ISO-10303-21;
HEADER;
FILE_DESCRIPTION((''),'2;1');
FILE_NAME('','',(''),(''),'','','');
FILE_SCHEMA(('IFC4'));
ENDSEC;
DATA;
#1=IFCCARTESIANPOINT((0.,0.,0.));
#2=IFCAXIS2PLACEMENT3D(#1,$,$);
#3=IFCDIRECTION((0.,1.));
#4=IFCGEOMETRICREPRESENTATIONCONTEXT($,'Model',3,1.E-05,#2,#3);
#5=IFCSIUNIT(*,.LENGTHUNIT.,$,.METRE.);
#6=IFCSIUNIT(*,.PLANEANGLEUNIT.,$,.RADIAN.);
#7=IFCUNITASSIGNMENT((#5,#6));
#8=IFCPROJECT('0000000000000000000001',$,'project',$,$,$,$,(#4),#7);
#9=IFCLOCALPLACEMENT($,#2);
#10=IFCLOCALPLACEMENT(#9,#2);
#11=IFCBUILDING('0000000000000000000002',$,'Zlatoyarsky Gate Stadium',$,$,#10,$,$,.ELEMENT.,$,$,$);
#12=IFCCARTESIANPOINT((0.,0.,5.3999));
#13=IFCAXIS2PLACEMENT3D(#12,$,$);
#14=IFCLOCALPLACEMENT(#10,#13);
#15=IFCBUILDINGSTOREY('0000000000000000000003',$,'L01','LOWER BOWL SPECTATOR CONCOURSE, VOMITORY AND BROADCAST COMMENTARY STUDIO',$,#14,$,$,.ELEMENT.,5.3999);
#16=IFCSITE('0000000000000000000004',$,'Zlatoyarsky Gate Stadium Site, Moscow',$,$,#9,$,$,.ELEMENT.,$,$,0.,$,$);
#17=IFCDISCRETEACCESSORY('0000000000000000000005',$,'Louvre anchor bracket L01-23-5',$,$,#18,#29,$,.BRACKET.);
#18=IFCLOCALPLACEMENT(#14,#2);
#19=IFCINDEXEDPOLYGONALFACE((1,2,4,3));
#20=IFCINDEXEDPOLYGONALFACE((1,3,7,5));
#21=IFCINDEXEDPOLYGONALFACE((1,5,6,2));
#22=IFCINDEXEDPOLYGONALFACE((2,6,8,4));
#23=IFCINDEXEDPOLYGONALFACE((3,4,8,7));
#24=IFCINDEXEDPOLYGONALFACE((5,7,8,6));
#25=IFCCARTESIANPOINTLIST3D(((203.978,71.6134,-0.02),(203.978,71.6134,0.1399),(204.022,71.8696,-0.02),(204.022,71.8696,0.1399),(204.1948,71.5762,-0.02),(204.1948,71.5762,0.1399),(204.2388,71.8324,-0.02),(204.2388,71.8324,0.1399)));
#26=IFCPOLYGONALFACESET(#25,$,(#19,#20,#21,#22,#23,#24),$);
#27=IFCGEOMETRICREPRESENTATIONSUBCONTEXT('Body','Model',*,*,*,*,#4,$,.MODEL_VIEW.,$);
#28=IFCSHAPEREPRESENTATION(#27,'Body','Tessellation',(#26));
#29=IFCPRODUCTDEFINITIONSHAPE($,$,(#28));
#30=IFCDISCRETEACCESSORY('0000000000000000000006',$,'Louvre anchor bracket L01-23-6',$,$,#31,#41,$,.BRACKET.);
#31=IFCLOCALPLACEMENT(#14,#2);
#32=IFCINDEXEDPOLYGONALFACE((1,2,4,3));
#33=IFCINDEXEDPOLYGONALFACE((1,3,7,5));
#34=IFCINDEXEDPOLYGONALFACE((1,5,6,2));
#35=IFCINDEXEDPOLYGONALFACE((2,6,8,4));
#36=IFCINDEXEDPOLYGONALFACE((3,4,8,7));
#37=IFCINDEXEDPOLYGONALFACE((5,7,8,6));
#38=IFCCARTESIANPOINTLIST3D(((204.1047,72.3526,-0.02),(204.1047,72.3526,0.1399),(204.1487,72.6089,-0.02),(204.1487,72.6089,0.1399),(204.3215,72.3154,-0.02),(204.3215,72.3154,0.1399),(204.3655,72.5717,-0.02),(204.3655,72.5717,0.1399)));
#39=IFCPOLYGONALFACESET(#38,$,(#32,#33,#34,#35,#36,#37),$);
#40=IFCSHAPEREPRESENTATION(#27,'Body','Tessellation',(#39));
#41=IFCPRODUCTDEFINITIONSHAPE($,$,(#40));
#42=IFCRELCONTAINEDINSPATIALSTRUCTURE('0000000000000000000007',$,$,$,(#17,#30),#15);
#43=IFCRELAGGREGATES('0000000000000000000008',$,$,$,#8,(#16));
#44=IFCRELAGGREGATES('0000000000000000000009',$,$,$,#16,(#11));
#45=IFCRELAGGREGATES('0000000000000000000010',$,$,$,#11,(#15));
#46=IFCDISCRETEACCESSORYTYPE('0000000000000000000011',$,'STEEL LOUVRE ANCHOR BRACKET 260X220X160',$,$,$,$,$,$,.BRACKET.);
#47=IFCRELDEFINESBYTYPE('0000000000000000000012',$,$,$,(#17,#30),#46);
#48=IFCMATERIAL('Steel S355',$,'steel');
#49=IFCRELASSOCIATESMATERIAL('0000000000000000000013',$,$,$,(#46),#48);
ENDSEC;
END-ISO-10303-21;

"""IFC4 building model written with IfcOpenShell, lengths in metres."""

from ifc_helpers import new_model, si_unit, direction, frame, origin, origin_2d, place, context, subcontext, project, spatial, rectangle, extrude, material, type_object, element, save


model = new_model("IFC4")

# Units and contexts
model_context = context("Model", 3, precision=1e-05, world=origin(), true_north=direction((0.0, 1.0)))
body_context = subcontext(model_context, "Body", "Model", "MODEL_VIEW")
ifc_project = project(units=[si_unit("LENGTHUNIT", "METRE"), si_unit("PLANEANGLEUNIT", "RADIAN")], contexts=[model_context])

# Site, building, storey
site_placement = place(None, origin())
site = spatial("IfcSite", under=ifc_project, at=site_placement, Name="Zlatoyarsky Gate Stadium Site, Moscow", CompositionType="ELEMENT", RefElevation=0.0)
building_placement = place(site_placement, origin())
building = spatial("IfcBuilding", under=site, at=building_placement, Name="Zlatoyarsky Gate Stadium", CompositionType="ELEMENT")
storey_placement = place(building_placement, frame((0.0, 0.0, 5.3999)))
storey = spatial("IfcBuildingStorey", under=building, at=storey_placement, Name="L01", Description="LOWER BOWL SPECTATOR CONCOURSE, VOMITORY AND BROADCAST COMMENTARY STUDIO", CompositionType="ELEMENT", Elevation=5.3999)

# Shared definitions
ifc_material_1 = material(Name="Steel S355", Category="steel")

# Discrete accessories
discrete_accessory_type = type_object("IfcDiscreteAccessoryType", Name="STEEL LOUVRE ANCHOR BRACKET 260X220X160", PredefinedType="BRACKET", material=ifc_material_1)
for number, where, z_axis, x_axis, name in (
    (1, (204.1084, 71.7229, -0.02), (0.0, 0.0, 1.0), (0.169116, 0.985596, 0.0), "Louvre anchor bracket L01-23-5"),
    (2, (204.2351, 72.4622, -0.02), (0.0, 0.0, 1.0), (0.169116, 0.985596, 0.0), "Louvre anchor bracket L01-23-6"),
):
    element("IfcDiscreteAccessory", number, at=place(storey_placement, frame(where, z_axis=z_axis, x_axis=x_axis)), inside=storey, type_object=discrete_accessory_type, Name=name, PredefinedType="BRACKET", context=body_context, shape_type="SweptSolid", body=[
        extrude(rectangle(XDim=0.26, YDim=0.22, at=origin_2d()), origin(), (0.0, 0.0, 1.0), 0.1599),
    ])

save(model, "model.ifc")
